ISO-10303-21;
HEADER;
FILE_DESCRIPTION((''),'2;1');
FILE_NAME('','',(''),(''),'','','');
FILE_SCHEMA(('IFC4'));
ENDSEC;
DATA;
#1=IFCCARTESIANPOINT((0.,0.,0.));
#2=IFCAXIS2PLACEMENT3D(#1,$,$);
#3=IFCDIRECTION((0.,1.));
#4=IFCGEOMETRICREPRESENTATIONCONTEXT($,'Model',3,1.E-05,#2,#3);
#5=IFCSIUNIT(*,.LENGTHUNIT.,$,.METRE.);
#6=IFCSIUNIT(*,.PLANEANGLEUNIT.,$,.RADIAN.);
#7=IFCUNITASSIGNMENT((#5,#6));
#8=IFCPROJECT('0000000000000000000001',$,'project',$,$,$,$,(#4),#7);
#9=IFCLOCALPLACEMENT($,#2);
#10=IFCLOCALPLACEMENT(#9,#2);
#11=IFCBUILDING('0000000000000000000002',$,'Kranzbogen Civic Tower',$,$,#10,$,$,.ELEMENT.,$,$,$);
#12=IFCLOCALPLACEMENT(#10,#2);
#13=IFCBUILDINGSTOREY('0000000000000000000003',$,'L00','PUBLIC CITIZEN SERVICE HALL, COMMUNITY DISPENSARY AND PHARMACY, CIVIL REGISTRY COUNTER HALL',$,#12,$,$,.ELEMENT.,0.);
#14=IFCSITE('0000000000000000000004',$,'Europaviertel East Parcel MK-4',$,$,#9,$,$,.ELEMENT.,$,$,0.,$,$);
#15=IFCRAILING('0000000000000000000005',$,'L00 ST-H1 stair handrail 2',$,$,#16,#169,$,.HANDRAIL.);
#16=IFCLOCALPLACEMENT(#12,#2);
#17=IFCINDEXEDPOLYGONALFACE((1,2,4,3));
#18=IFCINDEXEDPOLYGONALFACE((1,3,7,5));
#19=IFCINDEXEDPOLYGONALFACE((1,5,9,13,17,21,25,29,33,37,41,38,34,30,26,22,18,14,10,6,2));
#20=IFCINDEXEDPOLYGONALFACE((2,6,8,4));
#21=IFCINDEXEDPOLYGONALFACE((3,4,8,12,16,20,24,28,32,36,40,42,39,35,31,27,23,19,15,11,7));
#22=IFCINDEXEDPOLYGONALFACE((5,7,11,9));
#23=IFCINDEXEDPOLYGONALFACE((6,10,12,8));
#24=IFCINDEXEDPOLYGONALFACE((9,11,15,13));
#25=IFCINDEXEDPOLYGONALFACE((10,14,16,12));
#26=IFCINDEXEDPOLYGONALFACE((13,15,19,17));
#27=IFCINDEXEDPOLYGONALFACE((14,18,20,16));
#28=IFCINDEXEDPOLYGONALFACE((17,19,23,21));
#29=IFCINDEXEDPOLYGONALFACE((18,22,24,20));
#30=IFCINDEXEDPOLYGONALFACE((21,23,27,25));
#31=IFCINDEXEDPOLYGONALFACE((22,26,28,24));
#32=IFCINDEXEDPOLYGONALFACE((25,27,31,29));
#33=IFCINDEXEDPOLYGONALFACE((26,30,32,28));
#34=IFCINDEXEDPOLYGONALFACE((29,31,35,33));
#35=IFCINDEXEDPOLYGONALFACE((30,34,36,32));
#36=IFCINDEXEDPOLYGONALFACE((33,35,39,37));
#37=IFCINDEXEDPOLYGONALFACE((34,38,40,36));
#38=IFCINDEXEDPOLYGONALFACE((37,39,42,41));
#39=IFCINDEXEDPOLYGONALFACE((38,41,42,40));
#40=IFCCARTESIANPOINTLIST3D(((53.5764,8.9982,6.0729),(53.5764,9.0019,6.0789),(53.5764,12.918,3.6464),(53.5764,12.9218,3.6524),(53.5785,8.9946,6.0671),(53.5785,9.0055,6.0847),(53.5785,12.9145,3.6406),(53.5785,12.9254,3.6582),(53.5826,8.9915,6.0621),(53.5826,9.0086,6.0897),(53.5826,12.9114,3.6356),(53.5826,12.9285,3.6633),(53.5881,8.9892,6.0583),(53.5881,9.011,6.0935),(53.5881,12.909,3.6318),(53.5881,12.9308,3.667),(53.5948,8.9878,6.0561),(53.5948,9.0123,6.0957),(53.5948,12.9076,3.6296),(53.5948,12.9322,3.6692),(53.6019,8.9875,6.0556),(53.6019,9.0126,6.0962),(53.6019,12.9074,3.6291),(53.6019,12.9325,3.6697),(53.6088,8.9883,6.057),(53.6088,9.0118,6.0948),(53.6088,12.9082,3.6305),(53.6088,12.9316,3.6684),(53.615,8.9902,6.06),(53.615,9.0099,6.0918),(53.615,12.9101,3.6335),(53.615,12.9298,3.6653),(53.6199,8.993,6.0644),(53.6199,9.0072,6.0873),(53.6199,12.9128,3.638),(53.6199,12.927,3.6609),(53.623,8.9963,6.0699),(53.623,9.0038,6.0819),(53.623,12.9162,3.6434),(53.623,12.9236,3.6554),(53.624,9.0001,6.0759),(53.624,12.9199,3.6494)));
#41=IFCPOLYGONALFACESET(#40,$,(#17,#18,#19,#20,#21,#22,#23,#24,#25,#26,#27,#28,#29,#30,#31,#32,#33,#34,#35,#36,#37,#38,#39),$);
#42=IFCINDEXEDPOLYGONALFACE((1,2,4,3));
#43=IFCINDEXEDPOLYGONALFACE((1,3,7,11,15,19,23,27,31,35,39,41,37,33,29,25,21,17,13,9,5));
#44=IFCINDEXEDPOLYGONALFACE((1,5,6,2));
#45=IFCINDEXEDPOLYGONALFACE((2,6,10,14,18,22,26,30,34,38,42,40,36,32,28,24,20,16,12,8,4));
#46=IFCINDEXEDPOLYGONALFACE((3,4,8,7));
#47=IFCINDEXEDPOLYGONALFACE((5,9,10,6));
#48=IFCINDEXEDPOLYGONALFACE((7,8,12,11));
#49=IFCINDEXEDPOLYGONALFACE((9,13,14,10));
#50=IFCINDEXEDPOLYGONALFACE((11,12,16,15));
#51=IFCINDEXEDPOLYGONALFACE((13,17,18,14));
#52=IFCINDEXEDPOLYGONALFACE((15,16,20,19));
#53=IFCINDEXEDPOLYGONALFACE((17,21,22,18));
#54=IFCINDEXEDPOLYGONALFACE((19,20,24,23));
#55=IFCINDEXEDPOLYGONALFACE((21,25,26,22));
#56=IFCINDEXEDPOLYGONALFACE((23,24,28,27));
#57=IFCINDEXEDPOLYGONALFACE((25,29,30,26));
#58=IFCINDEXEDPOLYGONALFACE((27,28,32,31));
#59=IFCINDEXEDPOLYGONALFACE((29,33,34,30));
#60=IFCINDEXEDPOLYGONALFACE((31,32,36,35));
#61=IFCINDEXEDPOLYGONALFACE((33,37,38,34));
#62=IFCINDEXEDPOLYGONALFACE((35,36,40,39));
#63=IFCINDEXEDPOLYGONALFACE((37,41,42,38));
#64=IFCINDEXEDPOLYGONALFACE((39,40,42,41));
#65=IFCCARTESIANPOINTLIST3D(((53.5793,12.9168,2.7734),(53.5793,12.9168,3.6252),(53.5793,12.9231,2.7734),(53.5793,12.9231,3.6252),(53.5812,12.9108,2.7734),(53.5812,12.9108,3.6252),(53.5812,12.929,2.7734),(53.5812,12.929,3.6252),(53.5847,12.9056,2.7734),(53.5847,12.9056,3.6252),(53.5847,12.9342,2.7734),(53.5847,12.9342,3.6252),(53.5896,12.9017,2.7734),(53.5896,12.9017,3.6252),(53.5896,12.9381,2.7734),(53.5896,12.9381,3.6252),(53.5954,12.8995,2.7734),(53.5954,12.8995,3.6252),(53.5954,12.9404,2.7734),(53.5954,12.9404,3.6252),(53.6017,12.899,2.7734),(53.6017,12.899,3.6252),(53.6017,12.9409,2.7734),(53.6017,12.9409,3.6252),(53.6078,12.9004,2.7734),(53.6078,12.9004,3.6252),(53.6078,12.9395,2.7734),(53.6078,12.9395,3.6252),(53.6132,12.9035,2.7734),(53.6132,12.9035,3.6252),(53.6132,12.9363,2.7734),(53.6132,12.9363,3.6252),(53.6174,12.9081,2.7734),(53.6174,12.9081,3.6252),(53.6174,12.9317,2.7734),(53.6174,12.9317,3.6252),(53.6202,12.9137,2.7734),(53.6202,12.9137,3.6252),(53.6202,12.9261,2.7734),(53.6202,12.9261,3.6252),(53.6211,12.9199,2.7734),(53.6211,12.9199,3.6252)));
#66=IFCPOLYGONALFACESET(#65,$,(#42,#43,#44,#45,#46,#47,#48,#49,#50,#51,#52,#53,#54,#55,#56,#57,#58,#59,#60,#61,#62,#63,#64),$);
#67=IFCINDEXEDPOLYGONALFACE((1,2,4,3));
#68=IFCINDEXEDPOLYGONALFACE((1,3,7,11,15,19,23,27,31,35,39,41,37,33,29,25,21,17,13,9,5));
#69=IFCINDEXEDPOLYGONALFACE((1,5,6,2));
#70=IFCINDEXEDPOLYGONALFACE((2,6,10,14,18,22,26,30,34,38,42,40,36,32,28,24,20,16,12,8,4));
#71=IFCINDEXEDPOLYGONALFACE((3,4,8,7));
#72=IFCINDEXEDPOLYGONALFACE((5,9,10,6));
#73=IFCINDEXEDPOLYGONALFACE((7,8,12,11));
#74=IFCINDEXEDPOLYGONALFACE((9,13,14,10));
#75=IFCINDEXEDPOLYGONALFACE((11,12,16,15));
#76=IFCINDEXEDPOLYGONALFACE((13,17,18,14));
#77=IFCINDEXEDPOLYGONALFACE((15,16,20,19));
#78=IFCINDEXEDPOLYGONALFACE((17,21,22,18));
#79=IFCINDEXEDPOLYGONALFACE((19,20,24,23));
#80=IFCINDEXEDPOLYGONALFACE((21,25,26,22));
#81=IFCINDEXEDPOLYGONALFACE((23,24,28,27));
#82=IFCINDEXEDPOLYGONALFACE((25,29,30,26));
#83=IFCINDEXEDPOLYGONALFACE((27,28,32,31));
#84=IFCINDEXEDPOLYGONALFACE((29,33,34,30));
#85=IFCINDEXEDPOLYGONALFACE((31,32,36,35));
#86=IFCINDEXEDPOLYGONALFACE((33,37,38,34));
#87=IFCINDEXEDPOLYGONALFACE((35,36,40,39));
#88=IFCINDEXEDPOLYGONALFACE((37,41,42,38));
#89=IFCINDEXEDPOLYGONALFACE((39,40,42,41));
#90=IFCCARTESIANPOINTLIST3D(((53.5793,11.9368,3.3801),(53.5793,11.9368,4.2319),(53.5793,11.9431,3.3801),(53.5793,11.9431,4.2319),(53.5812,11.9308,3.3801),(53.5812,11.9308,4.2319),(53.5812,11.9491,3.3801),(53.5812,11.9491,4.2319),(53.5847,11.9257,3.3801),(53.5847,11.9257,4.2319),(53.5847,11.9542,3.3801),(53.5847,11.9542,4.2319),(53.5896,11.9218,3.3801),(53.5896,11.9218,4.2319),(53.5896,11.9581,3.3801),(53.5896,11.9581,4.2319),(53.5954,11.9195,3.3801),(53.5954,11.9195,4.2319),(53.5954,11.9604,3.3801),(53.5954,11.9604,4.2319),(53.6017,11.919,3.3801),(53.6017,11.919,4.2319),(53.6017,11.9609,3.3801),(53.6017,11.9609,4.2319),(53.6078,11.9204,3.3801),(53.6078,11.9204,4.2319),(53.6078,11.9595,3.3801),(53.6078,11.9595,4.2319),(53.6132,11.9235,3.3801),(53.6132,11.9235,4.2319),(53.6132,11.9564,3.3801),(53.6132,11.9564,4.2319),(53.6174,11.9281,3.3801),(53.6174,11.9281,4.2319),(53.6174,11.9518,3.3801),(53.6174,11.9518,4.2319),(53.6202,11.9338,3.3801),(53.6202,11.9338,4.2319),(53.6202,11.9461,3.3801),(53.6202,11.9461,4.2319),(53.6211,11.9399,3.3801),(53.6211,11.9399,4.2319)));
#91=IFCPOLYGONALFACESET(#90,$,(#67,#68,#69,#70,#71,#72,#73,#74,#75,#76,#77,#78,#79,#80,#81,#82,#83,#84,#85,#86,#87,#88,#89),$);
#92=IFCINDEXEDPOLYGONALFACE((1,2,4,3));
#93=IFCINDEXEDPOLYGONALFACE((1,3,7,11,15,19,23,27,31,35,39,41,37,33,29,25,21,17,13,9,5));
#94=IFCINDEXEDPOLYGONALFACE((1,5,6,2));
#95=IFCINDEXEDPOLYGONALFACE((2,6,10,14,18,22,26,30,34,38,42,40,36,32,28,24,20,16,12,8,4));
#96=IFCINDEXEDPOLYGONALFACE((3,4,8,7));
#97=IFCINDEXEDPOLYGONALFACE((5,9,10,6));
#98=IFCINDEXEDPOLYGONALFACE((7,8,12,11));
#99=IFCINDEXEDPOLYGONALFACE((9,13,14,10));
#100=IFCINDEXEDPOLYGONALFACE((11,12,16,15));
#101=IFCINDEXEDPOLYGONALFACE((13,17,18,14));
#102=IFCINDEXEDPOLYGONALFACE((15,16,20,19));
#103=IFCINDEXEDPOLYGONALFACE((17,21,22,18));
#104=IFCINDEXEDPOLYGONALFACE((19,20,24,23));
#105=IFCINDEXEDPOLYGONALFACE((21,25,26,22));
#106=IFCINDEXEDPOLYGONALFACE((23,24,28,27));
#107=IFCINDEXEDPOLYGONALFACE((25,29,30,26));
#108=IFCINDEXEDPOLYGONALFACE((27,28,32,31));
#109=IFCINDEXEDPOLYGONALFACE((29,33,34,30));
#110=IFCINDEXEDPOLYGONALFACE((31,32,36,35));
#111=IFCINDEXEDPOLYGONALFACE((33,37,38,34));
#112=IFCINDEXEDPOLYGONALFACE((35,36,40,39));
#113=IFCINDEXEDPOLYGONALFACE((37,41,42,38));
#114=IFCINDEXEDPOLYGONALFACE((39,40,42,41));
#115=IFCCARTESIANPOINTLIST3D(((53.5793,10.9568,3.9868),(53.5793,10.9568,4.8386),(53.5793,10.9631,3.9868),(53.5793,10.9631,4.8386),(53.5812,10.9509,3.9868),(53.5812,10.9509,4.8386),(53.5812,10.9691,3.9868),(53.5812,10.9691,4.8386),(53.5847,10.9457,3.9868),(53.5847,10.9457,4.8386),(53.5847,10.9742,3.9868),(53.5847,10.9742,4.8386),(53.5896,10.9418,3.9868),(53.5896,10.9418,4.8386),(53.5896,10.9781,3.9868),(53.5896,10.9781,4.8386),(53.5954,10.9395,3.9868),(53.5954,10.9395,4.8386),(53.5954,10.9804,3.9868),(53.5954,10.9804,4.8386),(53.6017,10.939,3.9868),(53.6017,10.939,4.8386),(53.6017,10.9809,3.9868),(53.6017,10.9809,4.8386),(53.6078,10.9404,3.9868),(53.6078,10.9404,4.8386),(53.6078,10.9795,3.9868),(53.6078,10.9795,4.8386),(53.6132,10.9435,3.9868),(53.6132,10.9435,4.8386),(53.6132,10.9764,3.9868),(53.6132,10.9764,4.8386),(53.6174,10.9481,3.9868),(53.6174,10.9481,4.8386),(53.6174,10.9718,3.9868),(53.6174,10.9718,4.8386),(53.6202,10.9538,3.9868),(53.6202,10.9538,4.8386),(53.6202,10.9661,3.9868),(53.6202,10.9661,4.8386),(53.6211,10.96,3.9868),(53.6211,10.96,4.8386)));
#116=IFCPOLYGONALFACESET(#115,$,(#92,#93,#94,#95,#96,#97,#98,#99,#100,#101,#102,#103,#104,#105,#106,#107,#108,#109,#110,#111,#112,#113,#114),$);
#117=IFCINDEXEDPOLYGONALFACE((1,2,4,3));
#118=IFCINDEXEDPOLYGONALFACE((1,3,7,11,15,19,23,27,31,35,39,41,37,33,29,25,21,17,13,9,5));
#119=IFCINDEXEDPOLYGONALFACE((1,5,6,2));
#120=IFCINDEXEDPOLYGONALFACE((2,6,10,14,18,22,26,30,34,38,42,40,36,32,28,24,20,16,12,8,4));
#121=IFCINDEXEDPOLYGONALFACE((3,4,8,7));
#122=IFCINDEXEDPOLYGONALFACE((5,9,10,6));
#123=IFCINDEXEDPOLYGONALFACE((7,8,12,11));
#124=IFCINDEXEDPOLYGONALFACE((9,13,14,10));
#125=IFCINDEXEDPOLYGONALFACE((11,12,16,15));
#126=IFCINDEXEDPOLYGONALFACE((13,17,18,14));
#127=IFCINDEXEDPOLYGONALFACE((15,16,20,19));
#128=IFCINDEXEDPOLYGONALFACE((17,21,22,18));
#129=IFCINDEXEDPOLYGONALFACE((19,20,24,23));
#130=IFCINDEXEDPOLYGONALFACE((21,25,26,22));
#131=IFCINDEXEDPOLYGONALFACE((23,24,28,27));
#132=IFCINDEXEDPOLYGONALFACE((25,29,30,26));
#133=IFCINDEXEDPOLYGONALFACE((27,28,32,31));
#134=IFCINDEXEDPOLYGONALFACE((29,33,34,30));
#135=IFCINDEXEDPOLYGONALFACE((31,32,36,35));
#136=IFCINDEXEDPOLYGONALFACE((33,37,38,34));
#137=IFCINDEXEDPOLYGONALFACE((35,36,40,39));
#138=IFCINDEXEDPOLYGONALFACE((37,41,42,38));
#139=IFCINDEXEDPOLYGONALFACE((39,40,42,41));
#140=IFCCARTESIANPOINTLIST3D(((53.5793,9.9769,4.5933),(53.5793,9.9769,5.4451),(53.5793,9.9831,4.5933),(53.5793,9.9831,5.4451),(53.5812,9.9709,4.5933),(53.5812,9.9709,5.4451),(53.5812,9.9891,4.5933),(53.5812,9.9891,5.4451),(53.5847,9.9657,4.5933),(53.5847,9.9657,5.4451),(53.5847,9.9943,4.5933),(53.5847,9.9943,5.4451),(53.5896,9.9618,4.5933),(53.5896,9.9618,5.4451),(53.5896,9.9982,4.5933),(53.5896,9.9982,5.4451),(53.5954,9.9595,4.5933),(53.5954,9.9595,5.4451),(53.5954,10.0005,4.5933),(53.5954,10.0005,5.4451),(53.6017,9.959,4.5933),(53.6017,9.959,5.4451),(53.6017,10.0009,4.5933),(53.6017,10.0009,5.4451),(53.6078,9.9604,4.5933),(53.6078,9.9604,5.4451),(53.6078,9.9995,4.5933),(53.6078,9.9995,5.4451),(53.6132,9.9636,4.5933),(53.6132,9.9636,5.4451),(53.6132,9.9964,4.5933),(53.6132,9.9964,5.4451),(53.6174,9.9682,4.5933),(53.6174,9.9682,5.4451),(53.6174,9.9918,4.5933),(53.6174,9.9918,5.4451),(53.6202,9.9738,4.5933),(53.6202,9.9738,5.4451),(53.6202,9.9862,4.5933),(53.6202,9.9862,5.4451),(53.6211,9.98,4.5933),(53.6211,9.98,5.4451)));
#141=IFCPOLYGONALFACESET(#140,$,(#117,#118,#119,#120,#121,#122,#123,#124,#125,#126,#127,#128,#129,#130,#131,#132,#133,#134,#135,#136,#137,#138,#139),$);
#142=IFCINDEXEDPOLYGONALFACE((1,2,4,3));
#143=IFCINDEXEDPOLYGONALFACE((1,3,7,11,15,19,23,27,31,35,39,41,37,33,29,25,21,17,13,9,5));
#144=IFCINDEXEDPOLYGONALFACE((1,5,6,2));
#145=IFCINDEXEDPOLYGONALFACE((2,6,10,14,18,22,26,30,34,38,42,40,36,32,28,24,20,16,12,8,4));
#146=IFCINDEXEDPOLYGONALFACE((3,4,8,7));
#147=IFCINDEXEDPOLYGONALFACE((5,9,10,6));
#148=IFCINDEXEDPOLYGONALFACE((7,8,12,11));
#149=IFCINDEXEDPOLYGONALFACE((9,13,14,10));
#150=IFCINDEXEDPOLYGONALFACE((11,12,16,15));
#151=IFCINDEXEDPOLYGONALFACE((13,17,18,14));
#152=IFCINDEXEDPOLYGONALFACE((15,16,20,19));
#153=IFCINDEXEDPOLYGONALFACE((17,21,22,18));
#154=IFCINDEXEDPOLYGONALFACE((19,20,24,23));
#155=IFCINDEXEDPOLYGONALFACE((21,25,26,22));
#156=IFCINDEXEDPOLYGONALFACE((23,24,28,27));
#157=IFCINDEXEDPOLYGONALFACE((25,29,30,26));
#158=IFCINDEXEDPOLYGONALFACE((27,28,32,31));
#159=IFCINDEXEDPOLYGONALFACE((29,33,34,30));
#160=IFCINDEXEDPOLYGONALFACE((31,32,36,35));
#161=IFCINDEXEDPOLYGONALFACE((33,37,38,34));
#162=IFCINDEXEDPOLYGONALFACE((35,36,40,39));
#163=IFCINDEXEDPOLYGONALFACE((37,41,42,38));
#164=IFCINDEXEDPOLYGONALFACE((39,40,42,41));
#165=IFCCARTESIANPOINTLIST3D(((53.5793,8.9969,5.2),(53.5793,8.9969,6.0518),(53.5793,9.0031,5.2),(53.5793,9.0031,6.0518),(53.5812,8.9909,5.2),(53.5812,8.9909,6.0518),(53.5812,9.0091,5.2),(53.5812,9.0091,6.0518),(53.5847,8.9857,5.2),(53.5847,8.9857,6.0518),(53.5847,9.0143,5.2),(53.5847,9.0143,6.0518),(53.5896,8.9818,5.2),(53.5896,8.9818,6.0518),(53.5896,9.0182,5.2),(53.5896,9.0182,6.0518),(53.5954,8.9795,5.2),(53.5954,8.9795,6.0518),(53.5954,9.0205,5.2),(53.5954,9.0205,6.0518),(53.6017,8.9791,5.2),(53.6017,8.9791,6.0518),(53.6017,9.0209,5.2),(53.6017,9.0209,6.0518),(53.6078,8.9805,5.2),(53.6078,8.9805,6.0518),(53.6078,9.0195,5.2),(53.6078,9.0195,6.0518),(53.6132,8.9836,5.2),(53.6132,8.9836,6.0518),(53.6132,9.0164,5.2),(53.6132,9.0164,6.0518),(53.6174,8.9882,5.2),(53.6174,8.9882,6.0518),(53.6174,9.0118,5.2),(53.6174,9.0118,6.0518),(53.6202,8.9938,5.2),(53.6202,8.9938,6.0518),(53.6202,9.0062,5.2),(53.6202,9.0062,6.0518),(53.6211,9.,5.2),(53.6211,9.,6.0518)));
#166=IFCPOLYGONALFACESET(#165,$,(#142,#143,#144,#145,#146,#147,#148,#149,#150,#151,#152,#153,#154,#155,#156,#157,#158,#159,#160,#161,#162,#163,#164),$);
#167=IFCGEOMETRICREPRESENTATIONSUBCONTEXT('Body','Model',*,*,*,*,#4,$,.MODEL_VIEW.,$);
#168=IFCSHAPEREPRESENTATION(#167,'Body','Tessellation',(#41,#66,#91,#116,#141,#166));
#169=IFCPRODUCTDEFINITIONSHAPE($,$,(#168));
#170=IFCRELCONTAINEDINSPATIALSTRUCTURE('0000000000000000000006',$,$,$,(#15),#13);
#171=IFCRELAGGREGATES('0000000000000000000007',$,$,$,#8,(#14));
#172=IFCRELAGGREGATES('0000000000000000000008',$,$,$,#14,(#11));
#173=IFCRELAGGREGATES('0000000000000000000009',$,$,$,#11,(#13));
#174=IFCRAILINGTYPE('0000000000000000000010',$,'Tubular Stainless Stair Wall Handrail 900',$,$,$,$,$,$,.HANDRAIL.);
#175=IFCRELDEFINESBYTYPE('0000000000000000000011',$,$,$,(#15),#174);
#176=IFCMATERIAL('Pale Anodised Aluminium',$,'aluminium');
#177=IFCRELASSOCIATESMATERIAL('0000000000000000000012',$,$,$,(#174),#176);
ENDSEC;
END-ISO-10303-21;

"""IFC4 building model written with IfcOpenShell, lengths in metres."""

from ifc_helpers import new_model, si_unit, direction, frame, origin, origin_2d, place, context, subcontext, project, spatial, circle, extrude, material, type_object, element, save


model = new_model("IFC4")

# Units and contexts
model_context = context("Model", 3, precision=1e-05, world=origin(), true_north=direction((0.0, 1.0)))
body_context = subcontext(model_context, "Body", "Model", "MODEL_VIEW")
ifc_project = project(units=[si_unit("LENGTHUNIT", "METRE"), si_unit("PLANEANGLEUNIT", "RADIAN")], contexts=[model_context])

# Site, building, storey
site_placement = place(None, origin())
site = spatial("IfcSite", under=ifc_project, at=site_placement, Name="Europaviertel East Parcel MK-4", CompositionType="ELEMENT", RefElevation=0.0)
building_placement = place(site_placement, origin())
building = spatial("IfcBuilding", under=site, at=building_placement, Name="Kranzbogen Civic Tower", CompositionType="ELEMENT")
storey_placement = place(building_placement, origin())
storey = spatial("IfcBuildingStorey", under=building, at=storey_placement, Name="L00", Description="PUBLIC CITIZEN SERVICE HALL, COMMUNITY DISPENSARY AND PHARMACY, CIVIL REGISTRY COUNTER HALL", CompositionType="ELEMENT", Elevation=0.0)

# Shared definitions
ifc_material_1 = material(Name="Pale Anodised Aluminium", Category="aluminium")

# Railing
railing_type_1 = type_object("IfcRailingType", Name="Tubular Stainless Stair Wall Handrail 900", PredefinedType="HANDRAIL", material=ifc_material_1)
railing_1_placement = place(storey_placement, frame((53.6001, 12.9199, 2.7734)))
element("IfcRailing", 1, at=railing_1_placement, inside=storey, type_object=railing_type_1, Name="L00 ST-H1 stair handrail 2", PredefinedType="HANDRAIL", context=body_context, shape_type="SweptSolid", body=[
    extrude(circle(Radius=0.0239, at=origin_2d()), frame((0.0, 0.0, 0.876), z_axis=(0.0, -0.850275, 0.526338), x_axis=(1.0, 0.0, 0.0)), (0.0, 0.0, 1.0), 4.6101),
    extrude(circle(Radius=0.021, at=origin_2d()), origin(), (0.0, 0.0, 1.0), 0.8518),
    extrude(circle(Radius=0.021, at=origin_2d()), frame((0.0, -0.98, 0.6067)), (0.0, 0.0, 1.0), 0.8518),
    extrude(circle(Radius=0.021, at=origin_2d()), frame((0.0, -1.96, 1.2134)), (0.0, 0.0, 1.0), 0.8518),
    extrude(circle(Radius=0.021, at=origin_2d()), frame((0.0, -2.9399, 1.8198)), (0.0, 0.0, 1.0), 0.8518),
    extrude(circle(Radius=0.021, at=origin_2d()), frame((0.0, -3.9199, 2.4265)), (0.0, 0.0, 1.0), 0.8518),
])

save(model, "model.ifc")
